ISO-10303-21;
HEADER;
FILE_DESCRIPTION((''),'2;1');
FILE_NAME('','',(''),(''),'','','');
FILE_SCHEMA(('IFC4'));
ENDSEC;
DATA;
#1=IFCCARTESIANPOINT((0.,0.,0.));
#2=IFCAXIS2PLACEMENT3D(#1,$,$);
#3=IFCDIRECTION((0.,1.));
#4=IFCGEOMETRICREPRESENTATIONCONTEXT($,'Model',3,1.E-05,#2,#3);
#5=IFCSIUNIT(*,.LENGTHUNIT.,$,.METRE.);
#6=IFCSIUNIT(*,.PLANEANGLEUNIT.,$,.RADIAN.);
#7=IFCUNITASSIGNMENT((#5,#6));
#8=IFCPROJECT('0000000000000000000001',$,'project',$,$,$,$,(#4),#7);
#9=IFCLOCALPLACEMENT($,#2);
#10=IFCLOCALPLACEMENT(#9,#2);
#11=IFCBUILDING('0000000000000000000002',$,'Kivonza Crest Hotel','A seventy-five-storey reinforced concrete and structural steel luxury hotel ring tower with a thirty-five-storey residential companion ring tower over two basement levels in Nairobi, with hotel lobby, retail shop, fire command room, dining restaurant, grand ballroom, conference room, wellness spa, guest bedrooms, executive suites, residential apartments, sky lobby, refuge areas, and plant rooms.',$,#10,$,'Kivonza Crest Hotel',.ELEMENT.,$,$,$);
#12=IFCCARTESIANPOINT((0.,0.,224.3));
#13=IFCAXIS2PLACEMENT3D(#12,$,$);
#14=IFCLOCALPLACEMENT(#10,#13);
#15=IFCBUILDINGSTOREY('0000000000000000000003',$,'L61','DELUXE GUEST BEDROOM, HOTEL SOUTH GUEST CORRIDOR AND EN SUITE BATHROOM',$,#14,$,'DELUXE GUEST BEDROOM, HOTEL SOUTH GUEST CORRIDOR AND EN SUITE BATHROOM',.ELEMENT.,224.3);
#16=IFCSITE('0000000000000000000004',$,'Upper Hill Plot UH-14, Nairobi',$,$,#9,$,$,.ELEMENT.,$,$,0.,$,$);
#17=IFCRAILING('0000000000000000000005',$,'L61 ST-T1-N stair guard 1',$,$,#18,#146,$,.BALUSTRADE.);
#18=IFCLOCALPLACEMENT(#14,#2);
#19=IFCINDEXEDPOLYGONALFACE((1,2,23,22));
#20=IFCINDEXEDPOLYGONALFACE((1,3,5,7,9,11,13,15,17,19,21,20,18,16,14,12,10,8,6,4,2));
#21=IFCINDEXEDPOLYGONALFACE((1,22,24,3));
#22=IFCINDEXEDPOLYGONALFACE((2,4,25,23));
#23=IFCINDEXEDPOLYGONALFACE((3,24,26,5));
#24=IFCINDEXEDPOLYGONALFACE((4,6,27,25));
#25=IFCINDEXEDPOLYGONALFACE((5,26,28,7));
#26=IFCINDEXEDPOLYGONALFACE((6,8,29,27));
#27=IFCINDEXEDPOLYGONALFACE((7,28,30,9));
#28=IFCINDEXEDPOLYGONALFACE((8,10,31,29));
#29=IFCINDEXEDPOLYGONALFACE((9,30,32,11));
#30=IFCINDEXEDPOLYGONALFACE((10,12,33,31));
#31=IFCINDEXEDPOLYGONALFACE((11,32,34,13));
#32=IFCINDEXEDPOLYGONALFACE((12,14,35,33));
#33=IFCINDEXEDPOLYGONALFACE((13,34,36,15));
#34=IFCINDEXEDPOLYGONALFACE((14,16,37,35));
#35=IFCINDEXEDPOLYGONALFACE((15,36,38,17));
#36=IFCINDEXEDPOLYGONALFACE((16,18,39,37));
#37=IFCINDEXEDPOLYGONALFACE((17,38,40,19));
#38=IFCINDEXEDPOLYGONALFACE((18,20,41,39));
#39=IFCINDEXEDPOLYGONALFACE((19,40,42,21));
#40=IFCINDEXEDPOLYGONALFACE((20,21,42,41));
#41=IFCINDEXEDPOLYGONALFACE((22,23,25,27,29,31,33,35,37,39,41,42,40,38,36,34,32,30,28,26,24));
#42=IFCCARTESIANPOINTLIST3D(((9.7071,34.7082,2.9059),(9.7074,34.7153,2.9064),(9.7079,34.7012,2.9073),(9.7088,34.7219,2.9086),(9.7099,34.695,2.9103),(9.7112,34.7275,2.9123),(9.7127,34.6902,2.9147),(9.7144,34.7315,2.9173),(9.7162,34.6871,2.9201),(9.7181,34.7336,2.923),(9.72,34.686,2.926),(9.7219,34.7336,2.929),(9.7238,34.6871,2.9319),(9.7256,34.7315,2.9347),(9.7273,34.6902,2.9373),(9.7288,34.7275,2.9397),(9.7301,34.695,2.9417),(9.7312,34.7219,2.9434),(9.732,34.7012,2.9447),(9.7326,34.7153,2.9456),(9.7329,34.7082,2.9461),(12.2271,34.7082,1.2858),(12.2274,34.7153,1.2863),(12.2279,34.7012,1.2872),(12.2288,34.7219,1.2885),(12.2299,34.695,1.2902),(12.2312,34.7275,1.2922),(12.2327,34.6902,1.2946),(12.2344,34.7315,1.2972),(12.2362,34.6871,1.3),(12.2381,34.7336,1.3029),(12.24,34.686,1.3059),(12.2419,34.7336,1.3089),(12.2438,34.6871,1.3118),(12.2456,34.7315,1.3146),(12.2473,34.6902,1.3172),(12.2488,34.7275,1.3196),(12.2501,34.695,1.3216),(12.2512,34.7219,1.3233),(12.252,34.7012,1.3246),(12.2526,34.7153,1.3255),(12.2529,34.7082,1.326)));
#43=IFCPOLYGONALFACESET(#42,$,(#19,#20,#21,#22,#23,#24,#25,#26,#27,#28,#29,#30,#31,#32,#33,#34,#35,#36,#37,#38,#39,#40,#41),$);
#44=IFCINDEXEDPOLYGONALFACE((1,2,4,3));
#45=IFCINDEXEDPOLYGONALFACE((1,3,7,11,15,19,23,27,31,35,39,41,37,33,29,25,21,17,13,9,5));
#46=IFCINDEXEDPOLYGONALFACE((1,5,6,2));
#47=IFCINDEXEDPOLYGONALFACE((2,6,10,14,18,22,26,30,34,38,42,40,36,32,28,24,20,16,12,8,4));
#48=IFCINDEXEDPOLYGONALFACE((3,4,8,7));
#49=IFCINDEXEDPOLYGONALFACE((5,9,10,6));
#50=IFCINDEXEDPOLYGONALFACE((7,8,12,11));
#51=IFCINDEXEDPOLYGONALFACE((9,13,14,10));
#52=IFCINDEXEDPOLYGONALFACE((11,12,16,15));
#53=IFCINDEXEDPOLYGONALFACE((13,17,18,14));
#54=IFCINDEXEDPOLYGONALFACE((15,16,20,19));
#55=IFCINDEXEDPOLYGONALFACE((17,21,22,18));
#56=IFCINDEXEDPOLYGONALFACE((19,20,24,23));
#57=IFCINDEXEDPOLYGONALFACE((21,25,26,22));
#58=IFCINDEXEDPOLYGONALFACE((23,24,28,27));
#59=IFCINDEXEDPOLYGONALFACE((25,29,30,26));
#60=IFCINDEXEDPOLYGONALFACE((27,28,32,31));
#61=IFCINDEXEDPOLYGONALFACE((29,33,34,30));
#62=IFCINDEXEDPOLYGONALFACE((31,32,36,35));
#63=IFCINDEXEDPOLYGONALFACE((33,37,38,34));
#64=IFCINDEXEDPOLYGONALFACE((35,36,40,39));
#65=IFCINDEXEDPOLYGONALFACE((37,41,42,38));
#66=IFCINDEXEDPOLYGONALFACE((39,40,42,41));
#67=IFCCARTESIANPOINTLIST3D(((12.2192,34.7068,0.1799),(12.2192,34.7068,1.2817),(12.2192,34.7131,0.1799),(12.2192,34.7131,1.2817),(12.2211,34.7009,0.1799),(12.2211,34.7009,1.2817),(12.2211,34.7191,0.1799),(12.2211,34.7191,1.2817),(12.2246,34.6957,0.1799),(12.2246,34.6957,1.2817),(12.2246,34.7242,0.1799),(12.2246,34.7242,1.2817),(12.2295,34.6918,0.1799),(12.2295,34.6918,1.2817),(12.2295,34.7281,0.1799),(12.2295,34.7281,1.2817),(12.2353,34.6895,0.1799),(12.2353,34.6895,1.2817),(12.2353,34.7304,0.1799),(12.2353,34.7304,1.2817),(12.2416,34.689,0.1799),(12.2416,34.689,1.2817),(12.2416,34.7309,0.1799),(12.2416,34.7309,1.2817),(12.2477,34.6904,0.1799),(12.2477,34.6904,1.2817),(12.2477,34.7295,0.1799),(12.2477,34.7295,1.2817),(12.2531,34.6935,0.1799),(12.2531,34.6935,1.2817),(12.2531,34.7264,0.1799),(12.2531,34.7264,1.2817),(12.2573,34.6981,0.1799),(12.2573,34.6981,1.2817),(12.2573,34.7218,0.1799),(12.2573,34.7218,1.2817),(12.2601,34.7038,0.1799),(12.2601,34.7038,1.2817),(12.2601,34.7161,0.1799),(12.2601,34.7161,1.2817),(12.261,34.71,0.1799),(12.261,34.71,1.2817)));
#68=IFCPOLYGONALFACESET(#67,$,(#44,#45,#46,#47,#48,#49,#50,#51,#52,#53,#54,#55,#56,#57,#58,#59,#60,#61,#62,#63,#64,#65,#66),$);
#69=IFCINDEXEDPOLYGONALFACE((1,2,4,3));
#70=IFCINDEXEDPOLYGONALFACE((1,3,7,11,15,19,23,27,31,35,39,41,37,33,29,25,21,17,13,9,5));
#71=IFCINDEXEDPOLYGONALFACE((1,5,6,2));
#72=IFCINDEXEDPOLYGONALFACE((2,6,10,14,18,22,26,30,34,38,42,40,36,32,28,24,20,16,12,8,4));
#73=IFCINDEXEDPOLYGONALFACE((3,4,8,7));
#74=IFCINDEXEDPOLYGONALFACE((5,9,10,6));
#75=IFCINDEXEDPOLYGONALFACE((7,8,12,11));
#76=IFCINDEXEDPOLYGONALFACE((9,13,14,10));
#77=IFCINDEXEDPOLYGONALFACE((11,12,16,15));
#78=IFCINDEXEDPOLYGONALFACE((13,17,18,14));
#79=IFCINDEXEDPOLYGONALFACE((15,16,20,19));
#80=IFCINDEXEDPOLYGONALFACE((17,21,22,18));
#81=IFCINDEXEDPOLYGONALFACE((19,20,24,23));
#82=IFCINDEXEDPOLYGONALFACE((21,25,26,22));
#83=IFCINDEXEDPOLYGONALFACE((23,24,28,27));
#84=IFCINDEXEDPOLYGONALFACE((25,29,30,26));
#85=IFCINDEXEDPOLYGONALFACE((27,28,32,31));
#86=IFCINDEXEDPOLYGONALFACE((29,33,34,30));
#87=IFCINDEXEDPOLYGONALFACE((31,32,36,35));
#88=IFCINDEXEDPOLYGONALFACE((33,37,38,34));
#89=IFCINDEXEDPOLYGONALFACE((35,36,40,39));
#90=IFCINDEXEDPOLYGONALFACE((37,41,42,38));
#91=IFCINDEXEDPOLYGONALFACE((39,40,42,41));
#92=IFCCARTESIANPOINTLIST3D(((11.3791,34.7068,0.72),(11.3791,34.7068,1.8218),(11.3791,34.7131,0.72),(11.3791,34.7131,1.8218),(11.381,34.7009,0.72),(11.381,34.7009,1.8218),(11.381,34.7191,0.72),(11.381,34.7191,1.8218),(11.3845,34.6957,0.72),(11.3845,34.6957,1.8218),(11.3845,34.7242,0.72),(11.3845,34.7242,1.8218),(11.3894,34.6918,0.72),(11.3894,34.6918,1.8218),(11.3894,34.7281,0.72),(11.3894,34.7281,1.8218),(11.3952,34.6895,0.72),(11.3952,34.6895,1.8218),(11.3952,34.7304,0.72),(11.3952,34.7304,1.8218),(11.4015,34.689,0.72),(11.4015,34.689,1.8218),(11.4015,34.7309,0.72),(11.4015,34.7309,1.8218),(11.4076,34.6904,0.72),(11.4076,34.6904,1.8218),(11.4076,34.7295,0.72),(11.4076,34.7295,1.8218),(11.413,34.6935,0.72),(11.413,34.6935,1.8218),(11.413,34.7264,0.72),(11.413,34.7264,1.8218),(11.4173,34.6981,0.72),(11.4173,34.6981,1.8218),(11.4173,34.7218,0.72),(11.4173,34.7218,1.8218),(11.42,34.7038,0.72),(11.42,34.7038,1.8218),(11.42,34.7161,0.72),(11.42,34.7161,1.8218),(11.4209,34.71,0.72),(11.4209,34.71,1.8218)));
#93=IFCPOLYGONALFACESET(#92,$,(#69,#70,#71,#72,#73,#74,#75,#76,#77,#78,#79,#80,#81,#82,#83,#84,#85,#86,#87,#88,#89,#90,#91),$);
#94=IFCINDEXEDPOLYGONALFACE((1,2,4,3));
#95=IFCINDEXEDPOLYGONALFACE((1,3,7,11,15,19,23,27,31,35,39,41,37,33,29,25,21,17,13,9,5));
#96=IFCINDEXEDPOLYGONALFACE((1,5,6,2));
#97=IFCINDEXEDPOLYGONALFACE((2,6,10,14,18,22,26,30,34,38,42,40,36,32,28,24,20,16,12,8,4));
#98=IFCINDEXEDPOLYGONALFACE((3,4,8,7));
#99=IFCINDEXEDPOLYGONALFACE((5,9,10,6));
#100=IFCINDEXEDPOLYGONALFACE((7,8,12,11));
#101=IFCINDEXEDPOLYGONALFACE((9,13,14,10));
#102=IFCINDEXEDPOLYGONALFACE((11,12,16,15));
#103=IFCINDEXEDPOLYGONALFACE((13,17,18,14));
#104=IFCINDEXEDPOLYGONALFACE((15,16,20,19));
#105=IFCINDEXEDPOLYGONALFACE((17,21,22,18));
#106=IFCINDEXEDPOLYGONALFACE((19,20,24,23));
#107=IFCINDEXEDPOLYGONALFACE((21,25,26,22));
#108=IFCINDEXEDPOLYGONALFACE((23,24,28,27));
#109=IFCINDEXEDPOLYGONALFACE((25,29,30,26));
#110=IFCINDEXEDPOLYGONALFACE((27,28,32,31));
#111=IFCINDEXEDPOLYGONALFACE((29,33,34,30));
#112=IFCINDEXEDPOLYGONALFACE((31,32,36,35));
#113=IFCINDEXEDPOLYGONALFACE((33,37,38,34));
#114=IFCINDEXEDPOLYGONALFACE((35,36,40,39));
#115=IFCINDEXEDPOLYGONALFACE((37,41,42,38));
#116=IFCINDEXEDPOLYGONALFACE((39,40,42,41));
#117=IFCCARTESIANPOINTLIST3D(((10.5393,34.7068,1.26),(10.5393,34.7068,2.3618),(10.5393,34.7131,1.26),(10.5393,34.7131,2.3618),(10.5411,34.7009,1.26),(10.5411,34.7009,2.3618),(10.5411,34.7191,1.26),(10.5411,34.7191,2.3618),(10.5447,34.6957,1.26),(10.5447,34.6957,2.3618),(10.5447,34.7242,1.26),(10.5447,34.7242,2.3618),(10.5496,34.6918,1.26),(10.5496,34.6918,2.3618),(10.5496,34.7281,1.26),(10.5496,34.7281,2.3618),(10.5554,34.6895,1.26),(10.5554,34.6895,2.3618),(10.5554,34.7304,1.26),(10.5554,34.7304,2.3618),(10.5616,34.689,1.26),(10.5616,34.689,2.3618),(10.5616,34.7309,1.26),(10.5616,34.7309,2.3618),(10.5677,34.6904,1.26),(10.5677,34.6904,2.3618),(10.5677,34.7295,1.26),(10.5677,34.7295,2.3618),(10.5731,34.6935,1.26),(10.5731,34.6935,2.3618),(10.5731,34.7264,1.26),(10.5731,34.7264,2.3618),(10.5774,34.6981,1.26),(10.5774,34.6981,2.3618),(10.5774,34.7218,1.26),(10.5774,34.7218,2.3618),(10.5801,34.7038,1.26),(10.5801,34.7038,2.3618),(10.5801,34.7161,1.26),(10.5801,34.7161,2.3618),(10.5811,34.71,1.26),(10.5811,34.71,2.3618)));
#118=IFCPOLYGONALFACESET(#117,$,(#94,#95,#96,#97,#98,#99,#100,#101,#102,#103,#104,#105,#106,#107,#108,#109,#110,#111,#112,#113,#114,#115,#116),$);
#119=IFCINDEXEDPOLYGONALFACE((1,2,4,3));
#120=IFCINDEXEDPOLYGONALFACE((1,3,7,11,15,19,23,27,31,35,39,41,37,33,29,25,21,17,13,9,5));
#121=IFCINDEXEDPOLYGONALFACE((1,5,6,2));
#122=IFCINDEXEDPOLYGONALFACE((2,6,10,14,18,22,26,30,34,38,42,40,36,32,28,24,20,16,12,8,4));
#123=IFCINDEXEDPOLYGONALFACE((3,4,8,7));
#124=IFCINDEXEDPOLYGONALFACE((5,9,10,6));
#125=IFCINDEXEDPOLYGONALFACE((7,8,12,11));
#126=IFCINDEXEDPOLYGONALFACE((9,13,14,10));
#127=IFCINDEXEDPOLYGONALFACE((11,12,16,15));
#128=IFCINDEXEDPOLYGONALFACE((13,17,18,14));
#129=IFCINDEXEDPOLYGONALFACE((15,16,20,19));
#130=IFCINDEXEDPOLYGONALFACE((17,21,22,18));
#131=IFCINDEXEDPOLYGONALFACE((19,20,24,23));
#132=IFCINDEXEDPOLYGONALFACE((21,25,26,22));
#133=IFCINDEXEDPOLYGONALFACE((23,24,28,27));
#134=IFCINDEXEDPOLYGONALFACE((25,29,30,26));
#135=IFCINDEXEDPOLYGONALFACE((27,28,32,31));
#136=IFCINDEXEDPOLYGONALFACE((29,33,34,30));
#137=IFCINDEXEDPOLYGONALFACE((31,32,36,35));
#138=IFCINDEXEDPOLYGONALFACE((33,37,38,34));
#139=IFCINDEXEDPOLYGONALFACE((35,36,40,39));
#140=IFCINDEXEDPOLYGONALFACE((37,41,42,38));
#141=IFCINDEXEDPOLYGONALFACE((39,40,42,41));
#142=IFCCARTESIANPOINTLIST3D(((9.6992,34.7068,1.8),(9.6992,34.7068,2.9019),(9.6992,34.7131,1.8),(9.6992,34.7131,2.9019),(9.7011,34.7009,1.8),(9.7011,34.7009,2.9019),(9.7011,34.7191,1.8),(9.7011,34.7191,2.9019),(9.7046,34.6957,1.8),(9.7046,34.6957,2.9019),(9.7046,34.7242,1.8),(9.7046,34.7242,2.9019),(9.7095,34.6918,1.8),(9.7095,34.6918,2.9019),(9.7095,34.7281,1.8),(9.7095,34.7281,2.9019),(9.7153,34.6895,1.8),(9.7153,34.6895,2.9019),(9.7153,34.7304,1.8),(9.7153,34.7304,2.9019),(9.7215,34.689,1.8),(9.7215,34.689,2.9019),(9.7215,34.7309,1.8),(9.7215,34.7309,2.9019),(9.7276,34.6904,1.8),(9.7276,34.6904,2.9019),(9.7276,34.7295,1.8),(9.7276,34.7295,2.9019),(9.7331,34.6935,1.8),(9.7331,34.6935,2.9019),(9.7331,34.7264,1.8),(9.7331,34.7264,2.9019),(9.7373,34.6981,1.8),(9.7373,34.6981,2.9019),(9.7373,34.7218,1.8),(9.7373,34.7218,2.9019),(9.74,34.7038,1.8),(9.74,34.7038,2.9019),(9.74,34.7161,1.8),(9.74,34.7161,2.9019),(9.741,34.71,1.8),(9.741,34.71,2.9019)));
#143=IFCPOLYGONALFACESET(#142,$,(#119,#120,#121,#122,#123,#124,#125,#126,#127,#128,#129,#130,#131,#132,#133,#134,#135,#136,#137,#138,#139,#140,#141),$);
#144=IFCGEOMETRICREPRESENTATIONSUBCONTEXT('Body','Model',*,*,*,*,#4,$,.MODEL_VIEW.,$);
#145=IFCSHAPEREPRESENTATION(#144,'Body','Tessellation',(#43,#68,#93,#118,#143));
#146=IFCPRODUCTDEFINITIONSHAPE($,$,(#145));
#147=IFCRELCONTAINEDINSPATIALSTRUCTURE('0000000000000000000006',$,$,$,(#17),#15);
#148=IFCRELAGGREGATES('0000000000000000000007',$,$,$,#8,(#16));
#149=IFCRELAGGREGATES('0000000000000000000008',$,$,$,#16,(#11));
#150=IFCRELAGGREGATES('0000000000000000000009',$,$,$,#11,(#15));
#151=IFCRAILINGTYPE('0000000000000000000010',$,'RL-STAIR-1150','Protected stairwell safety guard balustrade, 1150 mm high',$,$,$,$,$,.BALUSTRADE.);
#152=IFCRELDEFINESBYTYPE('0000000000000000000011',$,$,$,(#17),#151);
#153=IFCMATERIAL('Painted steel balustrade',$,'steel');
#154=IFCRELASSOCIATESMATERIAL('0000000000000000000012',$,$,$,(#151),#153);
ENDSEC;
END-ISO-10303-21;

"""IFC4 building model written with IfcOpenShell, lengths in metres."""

from ifc_helpers import new_model, si_unit, direction, frame, origin, origin_2d, place, context, subcontext, project, spatial, circle, extrude, material, type_object, element, save


model = new_model("IFC4")

# Units and contexts
model_context = context("Model", 3, precision=1e-05, world=origin(), true_north=direction((0.0, 1.0)))
body_context = subcontext(model_context, "Body", "Model", "MODEL_VIEW")
ifc_project = project(units=[si_unit("LENGTHUNIT", "METRE"), si_unit("PLANEANGLEUNIT", "RADIAN")], contexts=[model_context])

# Site, building, storey
site_placement = place(None, origin())
site = spatial("IfcSite", under=ifc_project, at=site_placement, Name="Upper Hill Plot UH-14, Nairobi", CompositionType="ELEMENT", RefElevation=0.0)
building_placement = place(site_placement, origin())
building = spatial("IfcBuilding", under=site, at=building_placement, Name="Kivonza Crest Hotel", Description="A seventy-five-storey reinforced concrete and structural steel luxury hotel ring tower with a thirty-five-storey residential companion ring tower over two basement levels in Nairobi, with hotel lobby, retail shop, fire command room, dining restaurant, grand ballroom, conference room, wellness spa, guest bedrooms, executive suites, residential apartments, sky lobby, refuge areas, and plant rooms.", LongName="Kivonza Crest Hotel", CompositionType="ELEMENT")
storey_placement = place(building_placement, frame((0.0, 0.0, 224.3)))
storey = spatial("IfcBuildingStorey", under=building, at=storey_placement, Name="L61", Description="DELUXE GUEST BEDROOM, HOTEL SOUTH GUEST CORRIDOR AND EN SUITE BATHROOM", LongName="DELUXE GUEST BEDROOM, HOTEL SOUTH GUEST CORRIDOR AND EN SUITE BATHROOM", CompositionType="ELEMENT", Elevation=224.3)

# Railing
ifc_material_1 = material(Name="Painted steel balustrade", Category="steel")
railing_type_1 = type_object("IfcRailingType", Name="RL-STAIR-1150", Description="Protected stairwell safety guard balustrade, 1150 mm high", PredefinedType="BALUSTRADE", material=ifc_material_1)
railing_1_placement = place(storey_placement, frame((12.24, 34.71, 0.1799)))
element("IfcRailing", 1, at=railing_1_placement, inside=storey, type_object=railing_type_1, Name="L61 ST-T1-N stair guard 1", PredefinedType="BALUSTRADE", context=body_context, shape_type="SweptSolid", body=[
    extrude(circle(Radius=0.0239, at=origin_2d()), frame((0.0, 0.0, 1.126), z_axis=(-0.841163, 0.0, 0.540782), x_axis=(0.0, -1.0, 0.0)), (0.0, 0.0, 1.0), 2.9958),
    extrude(circle(Radius=0.021, at=origin_2d()), origin(), (0.0, 0.0, 1.0), 1.1018),
    extrude(circle(Radius=0.021, at=origin_2d()), frame((-0.8401, 0.0, 0.54)), (0.0, 0.0, 1.0), 1.1018),
    extrude(circle(Radius=0.021, at=origin_2d()), frame((-1.6799, 0.0, 1.0801)), (0.0, 0.0, 1.0), 1.1018),
    extrude(circle(Radius=0.021, at=origin_2d()), frame((-2.52, 0.0, 1.6201)), (0.0, 0.0, 1.0), 1.1018),
])

save(model, "model.ifc")
